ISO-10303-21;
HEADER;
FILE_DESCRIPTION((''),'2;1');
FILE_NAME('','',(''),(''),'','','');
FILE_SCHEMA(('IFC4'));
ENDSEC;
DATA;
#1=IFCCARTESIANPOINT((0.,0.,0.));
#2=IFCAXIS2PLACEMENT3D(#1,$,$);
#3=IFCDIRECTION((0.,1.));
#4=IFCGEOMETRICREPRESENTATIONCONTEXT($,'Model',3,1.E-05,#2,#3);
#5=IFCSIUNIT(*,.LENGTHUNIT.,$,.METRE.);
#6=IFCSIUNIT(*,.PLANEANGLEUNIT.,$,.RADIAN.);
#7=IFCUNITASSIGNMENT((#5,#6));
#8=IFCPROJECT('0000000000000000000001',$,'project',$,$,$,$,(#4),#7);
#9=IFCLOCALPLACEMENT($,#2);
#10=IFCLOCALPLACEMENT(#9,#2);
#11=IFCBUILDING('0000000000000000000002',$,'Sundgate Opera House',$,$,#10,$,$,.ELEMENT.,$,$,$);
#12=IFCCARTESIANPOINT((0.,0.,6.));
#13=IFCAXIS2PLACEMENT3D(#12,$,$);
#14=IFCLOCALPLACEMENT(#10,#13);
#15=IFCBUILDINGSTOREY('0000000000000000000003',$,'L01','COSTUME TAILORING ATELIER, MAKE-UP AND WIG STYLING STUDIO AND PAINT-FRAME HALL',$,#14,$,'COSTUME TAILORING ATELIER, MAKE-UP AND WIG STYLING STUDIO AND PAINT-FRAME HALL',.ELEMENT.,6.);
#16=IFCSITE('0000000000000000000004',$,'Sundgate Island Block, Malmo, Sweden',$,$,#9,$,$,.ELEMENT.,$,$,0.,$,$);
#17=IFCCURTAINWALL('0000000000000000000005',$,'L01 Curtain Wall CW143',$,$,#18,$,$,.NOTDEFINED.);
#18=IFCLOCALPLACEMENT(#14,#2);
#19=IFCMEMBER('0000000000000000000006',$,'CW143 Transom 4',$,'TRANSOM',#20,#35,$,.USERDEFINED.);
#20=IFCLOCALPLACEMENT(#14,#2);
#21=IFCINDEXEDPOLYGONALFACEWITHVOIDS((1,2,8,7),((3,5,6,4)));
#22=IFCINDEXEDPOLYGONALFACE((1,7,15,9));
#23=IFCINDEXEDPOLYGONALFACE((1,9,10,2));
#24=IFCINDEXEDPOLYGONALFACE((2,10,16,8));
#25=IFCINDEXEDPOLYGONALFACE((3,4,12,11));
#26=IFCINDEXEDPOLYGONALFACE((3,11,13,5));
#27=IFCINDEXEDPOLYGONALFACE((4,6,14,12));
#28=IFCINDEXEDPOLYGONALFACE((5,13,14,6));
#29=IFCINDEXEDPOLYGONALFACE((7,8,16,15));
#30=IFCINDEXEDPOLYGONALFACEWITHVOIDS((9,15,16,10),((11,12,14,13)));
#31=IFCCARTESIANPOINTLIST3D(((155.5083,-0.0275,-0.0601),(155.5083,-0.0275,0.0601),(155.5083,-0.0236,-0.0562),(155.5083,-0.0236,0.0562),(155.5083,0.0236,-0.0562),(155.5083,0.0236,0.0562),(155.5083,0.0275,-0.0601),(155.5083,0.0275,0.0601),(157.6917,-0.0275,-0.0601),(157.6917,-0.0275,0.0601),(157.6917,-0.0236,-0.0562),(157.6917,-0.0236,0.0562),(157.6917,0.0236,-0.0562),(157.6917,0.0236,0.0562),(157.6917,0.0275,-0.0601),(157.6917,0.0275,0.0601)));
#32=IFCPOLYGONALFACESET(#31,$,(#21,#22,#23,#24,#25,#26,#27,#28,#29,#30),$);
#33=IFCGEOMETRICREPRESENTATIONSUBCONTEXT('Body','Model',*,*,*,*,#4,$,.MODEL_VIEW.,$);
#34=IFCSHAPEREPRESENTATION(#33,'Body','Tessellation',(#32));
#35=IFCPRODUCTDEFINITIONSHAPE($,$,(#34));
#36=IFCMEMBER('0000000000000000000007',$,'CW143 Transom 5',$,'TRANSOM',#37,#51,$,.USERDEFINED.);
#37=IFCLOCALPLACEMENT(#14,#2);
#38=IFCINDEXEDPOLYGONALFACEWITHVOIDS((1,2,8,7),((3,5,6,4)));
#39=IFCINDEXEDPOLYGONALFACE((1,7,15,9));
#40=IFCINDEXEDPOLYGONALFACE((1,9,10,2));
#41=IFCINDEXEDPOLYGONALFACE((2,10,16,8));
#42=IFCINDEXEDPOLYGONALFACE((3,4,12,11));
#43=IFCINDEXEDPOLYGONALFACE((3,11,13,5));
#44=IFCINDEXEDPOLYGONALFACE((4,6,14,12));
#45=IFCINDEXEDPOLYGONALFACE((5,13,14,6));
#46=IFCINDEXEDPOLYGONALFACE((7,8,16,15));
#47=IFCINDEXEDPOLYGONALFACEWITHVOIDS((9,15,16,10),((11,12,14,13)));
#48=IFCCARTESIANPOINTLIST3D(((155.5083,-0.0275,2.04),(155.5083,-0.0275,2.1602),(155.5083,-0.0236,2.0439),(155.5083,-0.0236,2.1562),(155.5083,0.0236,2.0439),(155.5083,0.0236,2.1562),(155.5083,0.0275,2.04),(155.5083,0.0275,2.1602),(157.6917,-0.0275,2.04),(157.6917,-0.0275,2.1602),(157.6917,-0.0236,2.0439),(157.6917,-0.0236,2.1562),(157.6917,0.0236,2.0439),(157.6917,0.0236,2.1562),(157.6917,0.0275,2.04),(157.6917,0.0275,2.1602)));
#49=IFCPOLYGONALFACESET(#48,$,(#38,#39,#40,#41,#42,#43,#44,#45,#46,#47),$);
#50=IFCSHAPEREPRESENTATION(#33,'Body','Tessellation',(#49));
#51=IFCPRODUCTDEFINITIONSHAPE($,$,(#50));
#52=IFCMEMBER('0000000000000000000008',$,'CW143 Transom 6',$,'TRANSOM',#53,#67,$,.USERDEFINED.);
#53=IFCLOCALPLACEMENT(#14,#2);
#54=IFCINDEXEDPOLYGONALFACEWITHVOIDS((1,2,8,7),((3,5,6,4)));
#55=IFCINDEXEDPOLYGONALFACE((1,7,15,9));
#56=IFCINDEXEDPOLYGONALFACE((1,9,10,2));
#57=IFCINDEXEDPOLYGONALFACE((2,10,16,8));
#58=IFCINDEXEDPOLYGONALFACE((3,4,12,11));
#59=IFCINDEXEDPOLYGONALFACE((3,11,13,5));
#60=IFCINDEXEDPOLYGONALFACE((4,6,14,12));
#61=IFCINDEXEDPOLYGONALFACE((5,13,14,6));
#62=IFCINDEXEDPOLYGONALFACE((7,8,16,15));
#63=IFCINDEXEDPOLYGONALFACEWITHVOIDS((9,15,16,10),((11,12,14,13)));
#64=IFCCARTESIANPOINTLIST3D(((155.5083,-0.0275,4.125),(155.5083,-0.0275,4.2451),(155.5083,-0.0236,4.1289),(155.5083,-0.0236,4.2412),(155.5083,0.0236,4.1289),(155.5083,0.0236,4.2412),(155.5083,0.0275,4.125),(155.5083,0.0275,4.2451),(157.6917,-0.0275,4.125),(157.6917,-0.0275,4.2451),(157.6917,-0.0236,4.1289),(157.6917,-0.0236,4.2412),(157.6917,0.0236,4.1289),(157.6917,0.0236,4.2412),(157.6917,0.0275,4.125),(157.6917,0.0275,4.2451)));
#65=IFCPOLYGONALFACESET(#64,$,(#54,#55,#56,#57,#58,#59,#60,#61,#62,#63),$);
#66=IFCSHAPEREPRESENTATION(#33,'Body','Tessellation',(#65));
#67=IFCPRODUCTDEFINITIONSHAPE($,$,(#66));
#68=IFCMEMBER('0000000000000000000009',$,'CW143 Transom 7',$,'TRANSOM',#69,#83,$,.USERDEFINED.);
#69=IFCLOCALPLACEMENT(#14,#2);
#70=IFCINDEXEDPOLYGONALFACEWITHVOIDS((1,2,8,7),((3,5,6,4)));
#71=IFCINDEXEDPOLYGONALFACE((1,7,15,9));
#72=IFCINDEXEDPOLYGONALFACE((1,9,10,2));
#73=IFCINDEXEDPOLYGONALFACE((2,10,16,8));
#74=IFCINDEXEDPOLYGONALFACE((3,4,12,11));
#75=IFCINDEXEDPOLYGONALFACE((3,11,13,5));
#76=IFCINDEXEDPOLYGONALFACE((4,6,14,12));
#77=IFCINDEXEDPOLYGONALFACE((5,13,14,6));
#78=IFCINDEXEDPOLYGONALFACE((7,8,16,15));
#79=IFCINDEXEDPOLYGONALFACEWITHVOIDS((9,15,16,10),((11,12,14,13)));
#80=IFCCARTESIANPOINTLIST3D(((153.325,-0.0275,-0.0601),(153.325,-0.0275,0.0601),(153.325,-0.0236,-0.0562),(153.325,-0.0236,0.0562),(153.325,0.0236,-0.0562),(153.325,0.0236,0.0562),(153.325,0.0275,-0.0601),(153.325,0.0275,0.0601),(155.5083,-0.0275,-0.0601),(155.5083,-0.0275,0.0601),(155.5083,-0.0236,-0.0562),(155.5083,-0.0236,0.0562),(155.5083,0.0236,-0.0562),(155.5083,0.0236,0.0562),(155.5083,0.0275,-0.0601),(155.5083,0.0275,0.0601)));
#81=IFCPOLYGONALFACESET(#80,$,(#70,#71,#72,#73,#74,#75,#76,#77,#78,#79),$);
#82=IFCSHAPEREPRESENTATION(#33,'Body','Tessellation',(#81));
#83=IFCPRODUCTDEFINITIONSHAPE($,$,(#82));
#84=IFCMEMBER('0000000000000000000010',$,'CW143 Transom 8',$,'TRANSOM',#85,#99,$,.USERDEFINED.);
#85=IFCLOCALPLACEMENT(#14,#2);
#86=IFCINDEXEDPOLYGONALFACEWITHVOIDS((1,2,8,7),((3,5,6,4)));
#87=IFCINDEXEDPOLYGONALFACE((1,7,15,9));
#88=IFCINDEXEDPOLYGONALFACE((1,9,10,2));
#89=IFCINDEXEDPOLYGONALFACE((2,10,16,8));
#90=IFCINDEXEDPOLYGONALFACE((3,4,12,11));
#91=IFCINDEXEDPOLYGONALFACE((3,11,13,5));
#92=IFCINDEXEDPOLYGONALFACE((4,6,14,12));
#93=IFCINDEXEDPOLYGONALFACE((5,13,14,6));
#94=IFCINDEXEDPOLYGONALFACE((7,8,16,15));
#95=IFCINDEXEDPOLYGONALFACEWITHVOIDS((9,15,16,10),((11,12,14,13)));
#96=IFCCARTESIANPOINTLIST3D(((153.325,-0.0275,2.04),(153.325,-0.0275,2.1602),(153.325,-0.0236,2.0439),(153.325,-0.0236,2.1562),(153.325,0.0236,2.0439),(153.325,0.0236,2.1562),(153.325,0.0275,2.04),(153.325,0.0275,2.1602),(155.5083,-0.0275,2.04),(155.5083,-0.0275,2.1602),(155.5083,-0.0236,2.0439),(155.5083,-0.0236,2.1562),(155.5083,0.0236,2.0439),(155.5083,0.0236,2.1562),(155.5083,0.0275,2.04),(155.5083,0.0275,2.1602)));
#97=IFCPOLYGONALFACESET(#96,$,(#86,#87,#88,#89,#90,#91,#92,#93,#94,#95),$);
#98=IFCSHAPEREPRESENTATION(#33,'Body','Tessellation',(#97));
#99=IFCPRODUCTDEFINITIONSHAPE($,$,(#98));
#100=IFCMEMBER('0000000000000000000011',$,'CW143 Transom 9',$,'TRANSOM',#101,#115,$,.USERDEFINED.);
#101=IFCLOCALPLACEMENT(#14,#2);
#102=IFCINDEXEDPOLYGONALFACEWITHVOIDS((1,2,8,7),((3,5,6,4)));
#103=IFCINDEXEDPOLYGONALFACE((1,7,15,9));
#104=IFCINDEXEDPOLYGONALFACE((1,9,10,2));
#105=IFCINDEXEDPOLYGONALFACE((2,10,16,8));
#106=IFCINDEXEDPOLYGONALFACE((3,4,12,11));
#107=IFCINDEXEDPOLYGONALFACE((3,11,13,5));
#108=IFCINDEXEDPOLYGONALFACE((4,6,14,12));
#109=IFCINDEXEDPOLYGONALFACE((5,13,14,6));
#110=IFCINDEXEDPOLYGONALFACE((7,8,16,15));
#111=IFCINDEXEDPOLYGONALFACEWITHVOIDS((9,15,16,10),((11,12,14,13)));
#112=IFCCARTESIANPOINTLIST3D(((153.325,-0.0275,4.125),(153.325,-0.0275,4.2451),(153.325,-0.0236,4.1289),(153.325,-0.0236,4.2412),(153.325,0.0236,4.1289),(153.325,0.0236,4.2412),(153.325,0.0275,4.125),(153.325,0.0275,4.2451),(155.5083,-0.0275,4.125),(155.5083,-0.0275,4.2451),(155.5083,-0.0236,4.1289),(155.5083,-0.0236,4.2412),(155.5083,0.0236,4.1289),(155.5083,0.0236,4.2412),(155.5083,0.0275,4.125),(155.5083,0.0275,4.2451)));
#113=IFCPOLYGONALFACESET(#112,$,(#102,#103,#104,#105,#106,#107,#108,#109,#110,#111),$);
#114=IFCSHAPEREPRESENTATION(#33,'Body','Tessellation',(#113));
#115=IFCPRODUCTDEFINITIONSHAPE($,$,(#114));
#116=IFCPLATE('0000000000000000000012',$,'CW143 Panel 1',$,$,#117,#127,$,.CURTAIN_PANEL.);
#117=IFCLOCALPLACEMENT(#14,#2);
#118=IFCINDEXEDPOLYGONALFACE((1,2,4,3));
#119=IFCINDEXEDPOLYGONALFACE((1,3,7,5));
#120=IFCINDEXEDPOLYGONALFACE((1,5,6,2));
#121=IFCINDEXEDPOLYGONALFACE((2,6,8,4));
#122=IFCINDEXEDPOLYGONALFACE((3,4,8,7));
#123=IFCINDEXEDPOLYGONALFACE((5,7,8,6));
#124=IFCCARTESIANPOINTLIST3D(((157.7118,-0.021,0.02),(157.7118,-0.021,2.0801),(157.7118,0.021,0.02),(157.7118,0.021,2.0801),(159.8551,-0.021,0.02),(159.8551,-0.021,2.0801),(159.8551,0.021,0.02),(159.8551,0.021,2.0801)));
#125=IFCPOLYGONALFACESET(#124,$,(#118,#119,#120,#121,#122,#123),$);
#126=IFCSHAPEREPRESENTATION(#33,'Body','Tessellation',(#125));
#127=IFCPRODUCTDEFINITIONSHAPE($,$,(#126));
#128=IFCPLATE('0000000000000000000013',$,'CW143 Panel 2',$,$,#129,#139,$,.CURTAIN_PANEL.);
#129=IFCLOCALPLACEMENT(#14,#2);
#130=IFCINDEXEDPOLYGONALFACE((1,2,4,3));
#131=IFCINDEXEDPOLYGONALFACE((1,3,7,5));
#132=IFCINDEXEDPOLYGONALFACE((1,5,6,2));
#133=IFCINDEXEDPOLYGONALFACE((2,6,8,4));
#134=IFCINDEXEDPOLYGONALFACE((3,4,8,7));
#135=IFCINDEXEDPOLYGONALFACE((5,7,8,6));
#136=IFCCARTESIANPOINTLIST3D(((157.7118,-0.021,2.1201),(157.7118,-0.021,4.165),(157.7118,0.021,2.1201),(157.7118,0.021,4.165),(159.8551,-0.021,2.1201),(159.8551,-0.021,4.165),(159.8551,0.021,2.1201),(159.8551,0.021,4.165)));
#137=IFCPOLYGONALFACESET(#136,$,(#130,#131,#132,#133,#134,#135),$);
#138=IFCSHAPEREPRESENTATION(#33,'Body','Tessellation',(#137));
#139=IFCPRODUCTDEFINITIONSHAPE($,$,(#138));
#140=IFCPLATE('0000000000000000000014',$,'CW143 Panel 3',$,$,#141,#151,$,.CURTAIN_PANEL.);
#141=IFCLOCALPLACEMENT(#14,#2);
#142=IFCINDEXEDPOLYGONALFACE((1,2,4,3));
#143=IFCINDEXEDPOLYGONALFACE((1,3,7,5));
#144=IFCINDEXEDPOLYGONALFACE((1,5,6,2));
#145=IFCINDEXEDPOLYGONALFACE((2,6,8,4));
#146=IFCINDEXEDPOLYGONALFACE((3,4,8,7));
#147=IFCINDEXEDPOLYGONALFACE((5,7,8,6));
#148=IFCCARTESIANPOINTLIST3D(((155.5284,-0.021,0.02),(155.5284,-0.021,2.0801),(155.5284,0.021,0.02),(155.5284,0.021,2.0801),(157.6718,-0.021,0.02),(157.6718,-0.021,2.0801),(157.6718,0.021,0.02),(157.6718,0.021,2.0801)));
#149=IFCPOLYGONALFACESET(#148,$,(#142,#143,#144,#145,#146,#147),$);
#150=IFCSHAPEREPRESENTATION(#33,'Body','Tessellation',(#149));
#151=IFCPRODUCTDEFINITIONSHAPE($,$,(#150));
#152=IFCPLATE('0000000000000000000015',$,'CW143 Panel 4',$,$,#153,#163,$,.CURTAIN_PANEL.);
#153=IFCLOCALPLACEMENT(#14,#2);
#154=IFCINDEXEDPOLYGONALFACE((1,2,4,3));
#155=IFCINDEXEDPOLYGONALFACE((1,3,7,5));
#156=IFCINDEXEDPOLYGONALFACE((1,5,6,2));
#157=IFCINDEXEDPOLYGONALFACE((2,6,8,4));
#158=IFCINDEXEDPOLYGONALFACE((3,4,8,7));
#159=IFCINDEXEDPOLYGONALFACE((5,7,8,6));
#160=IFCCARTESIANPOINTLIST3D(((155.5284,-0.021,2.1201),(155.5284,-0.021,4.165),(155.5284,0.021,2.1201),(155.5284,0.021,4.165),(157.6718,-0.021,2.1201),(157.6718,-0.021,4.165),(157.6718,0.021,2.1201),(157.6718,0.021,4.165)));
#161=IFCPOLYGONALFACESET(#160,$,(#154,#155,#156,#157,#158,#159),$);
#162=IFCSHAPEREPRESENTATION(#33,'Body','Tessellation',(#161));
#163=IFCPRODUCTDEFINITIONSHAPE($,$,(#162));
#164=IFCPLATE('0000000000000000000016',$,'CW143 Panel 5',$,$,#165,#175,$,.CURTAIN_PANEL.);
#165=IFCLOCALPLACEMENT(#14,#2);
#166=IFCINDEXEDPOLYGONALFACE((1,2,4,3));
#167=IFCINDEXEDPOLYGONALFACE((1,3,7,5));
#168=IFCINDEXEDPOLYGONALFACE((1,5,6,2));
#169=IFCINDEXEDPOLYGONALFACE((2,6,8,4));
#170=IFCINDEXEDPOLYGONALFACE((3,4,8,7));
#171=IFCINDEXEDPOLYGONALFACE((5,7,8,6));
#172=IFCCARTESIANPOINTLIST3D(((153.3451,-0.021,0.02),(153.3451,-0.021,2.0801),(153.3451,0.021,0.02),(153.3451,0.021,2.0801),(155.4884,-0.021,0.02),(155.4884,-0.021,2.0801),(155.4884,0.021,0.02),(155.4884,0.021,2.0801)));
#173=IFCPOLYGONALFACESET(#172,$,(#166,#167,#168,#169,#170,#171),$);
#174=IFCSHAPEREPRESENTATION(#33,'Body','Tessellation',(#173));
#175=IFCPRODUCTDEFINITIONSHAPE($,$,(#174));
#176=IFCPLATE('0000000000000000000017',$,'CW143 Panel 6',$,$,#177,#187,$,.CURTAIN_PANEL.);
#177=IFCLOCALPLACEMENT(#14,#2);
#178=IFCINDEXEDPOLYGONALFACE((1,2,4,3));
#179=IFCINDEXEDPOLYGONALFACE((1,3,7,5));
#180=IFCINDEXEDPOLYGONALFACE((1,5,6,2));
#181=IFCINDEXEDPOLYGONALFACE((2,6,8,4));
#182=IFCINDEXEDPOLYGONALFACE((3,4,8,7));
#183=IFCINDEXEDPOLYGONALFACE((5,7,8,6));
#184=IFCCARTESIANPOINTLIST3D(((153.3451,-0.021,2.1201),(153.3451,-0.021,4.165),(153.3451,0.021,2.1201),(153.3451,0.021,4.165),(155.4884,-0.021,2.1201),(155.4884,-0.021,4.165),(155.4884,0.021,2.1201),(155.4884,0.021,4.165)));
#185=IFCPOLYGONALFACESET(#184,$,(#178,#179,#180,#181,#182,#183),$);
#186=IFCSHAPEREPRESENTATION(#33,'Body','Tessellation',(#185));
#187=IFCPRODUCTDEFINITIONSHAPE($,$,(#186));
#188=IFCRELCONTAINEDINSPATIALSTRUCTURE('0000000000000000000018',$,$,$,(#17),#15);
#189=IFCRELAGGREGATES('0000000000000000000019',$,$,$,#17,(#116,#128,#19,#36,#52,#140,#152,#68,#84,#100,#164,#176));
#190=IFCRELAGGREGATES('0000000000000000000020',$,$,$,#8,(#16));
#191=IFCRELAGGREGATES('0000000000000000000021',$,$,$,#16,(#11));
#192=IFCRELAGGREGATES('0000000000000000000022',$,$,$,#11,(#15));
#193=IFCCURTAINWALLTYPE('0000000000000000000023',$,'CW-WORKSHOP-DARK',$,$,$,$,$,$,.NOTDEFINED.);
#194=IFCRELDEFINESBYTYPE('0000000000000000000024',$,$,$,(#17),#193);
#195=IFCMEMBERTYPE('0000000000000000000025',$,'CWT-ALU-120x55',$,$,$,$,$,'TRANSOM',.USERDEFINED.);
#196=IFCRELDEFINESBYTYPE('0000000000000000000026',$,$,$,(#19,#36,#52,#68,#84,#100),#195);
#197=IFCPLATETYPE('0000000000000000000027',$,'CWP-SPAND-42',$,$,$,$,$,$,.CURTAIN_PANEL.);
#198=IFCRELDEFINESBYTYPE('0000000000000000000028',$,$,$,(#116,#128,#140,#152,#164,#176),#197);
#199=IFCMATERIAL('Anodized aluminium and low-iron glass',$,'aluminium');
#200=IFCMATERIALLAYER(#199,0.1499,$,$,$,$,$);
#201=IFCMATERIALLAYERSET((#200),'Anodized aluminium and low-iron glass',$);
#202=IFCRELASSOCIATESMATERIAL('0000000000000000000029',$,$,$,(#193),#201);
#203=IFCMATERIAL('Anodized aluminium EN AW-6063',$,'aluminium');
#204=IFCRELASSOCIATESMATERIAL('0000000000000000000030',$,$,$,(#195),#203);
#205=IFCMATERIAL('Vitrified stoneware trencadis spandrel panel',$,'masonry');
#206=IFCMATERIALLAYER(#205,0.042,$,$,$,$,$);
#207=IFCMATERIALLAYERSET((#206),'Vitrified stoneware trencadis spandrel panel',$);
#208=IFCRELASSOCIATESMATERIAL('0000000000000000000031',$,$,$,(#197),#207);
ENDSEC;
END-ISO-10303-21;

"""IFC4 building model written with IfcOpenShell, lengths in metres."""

from ifc_helpers import new_model, si_unit, direction, frame, origin, origin_2d, place, context, subcontext, project, spatial, rectangle, hollow_rectangle, extrude, material, layer, layer_set, material_profile, profile_set, type_object, element, aggregate, save


model = new_model("IFC4")

# Units and contexts
model_context = context("Model", 3, precision=1e-05, world=origin(), true_north=direction((0.0, 1.0)))
body_context = subcontext(model_context, "Body", "Model", "MODEL_VIEW")
ifc_project = project(units=[si_unit("LENGTHUNIT", "METRE"), si_unit("PLANEANGLEUNIT", "RADIAN")], contexts=[model_context])

# Site, building, storey
site_placement = place(None, origin())
site = spatial("IfcSite", under=ifc_project, at=site_placement, Name="Sundgate Island Block, Malmo, Sweden", CompositionType="ELEMENT", RefElevation=0.0)
building_placement = place(site_placement, origin())
building = spatial("IfcBuilding", under=site, at=building_placement, Name="Sundgate Opera House", CompositionType="ELEMENT")
storey_placement = place(building_placement, frame((0.0, 0.0, 6.0)))
storey = spatial("IfcBuildingStorey", under=building, at=storey_placement, Name="L01", Description="COSTUME TAILORING ATELIER, MAKE-UP AND WIG STYLING STUDIO AND PAINT-FRAME HALL", LongName="COSTUME TAILORING ATELIER, MAKE-UP AND WIG STYLING STUDIO AND PAINT-FRAME HALL", CompositionType="ELEMENT", Elevation=6.0)

# Curtain wall, members, plates
ifc_material_1 = material(Name="Anodized aluminium and low-iron glass", Category="aluminium")
ifc_layer_1 = layer(ifc_material_1, 0.1499)
ifc_layer_set_1 = layer_set([ifc_layer_1], Name="Anodized aluminium and low-iron glass")
curtain_wall_type = type_object("IfcCurtainWallType", Name="CW-WORKSHOP-DARK", PredefinedType="NOTDEFINED", material=ifc_layer_set_1)
curtain_wall_placement = place(storey_placement, origin())
curtain_wall = element("IfcCurtainWall", 1, at=curtain_wall_placement, inside=storey, type_object=curtain_wall_type, Name="L01 Curtain Wall CW143", PredefinedType="NOTDEFINED")
ifc_material_2 = material(Name="Anodized aluminium EN AW-6063", Category="aluminium")
ifc_material_profile_1 = material_profile(ifc_material_2, hollow_rectangle(XDim=0.0549, YDim=0.1201, WallThickness=0.0039, at=origin_2d()), Name="CWT 120x55x4")
ifc_profile_set_1 = profile_set([ifc_material_profile_1], Name="Anodized aluminium EN AW-6063")
member_type_1 = type_object("IfcMemberType", Name="CWT-ALU-120x55", ElementType="TRANSOM", PredefinedType="USERDEFINED", material=ifc_profile_set_1)
member_1_placement = place(storey_placement, frame((157.6917, 0.0, 0.0), z_axis=(-1.0, 0.0, 0.0), x_axis=(0.0, -1.0, 0.0)))
member_1 = element("IfcMember", 2, at=member_1_placement, type_object=member_type_1, Name="CW143 Transom 4", ObjectType="TRANSOM", PredefinedType="USERDEFINED", context=body_context, shape_type="SweptSolid", body=[
    extrude(hollow_rectangle(XDim=0.0549, YDim=0.1201, WallThickness=0.0039, at=origin_2d()), origin(), (0.0, 0.0, 1.0), 2.1833),
])
member_2_placement = place(storey_placement, frame((157.6917, 0.0, 2.1001), z_axis=(-1.0, 0.0, 0.0), x_axis=(0.0, -1.0, 0.0)))
member_2 = element("IfcMember", 3, at=member_2_placement, type_object=member_type_1, Name="CW143 Transom 5", ObjectType="TRANSOM", PredefinedType="USERDEFINED", context=body_context, shape_type="SweptSolid", body=[
    extrude(hollow_rectangle(XDim=0.0549, YDim=0.1201, WallThickness=0.0039, at=origin_2d()), origin(), (0.0, 0.0, 1.0), 2.1833),
])
member_3_placement = place(storey_placement, frame((157.6917, 0.0, 4.1851), z_axis=(-1.0, 0.0, 0.0), x_axis=(0.0, -1.0, 0.0)))
member_3 = element("IfcMember", 4, at=member_3_placement, type_object=member_type_1, Name="CW143 Transom 6", ObjectType="TRANSOM", PredefinedType="USERDEFINED", context=body_context, shape_type="SweptSolid", body=[
    extrude(hollow_rectangle(XDim=0.0549, YDim=0.1201, WallThickness=0.0039, at=origin_2d()), origin(), (0.0, 0.0, 1.0), 2.1833),
])
member_4_placement = place(storey_placement, frame((155.5083, 0.0, 0.0), z_axis=(-1.0, 0.0, 0.0), x_axis=(0.0, -1.0, 0.0)))
member_4 = element("IfcMember", 5, at=member_4_placement, type_object=member_type_1, Name="CW143 Transom 7", ObjectType="TRANSOM", PredefinedType="USERDEFINED", context=body_context, shape_type="SweptSolid", body=[
    extrude(hollow_rectangle(XDim=0.0549, YDim=0.1201, WallThickness=0.0039, at=origin_2d()), origin(), (0.0, 0.0, 1.0), 2.1833),
])
member_5_placement = place(storey_placement, frame((155.5083, 0.0, 2.1001), z_axis=(-1.0, 0.0, 0.0), x_axis=(0.0, -1.0, 0.0)))
member_5 = element("IfcMember", 6, at=member_5_placement, type_object=member_type_1, Name="CW143 Transom 8", ObjectType="TRANSOM", PredefinedType="USERDEFINED", context=body_context, shape_type="SweptSolid", body=[
    extrude(hollow_rectangle(XDim=0.0549, YDim=0.1201, WallThickness=0.0039, at=origin_2d()), origin(), (0.0, 0.0, 1.0), 2.1833),
])
member_6_placement = place(storey_placement, frame((155.5083, 0.0, 4.1851), z_axis=(-1.0, 0.0, 0.0), x_axis=(0.0, -1.0, 0.0)))
member_6 = element("IfcMember", 7, at=member_6_placement, type_object=member_type_1, Name="CW143 Transom 9", ObjectType="TRANSOM", PredefinedType="USERDEFINED", context=body_context, shape_type="SweptSolid", body=[
    extrude(hollow_rectangle(XDim=0.0549, YDim=0.1201, WallThickness=0.0039, at=origin_2d()), origin(), (0.0, 0.0, 1.0), 2.1833),
])
ifc_material_3 = material(Name="Vitrified stoneware trencadis spandrel panel", Category="masonry")
ifc_layer_2 = layer(ifc_material_3, 0.042)
ifc_layer_set_2 = layer_set([ifc_layer_2], Name="Vitrified stoneware trencadis spandrel panel")
plate_type_1 = type_object("IfcPlateType", Name="CWP-SPAND-42", PredefinedType="CURTAIN_PANEL", material=ifc_layer_set_2)
plate_1_placement = place(storey_placement, frame((158.7834, 0.0, 0.02), z_axis=(0.0, 0.0, 1.0), x_axis=(-1.0, 0.0, 0.0)))
plate_1 = element("IfcPlate", 8, at=plate_1_placement, type_object=plate_type_1, Name="CW143 Panel 1", PredefinedType="CURTAIN_PANEL", context=body_context, shape_type="SweptSolid", body=[
    extrude(rectangle(XDim=2.1433, YDim=0.042, at=origin_2d()), origin(), (0.0, 0.0, 1.0), 2.0601),
])
plate_2_placement = place(storey_placement, frame((158.7834, 0.0, 2.1201), z_axis=(0.0, 0.0, 1.0), x_axis=(-1.0, 0.0, 0.0)))
plate_2 = element("IfcPlate", 9, at=plate_2_placement, type_object=plate_type_1, Name="CW143 Panel 2", PredefinedType="CURTAIN_PANEL", context=body_context, shape_type="SweptSolid", body=[
    extrude(rectangle(XDim=2.1433, YDim=0.042, at=origin_2d()), origin(), (0.0, 0.0, 1.0), 2.0449),
])
plate_3_placement = place(storey_placement, frame((156.6001, 0.0, 0.02), z_axis=(0.0, 0.0, 1.0), x_axis=(-1.0, 0.0, 0.0)))
plate_3 = element("IfcPlate", 10, at=plate_3_placement, type_object=plate_type_1, Name="CW143 Panel 3", PredefinedType="CURTAIN_PANEL", context=body_context, shape_type="SweptSolid", body=[
    extrude(rectangle(XDim=2.1433, YDim=0.042, at=origin_2d()), origin(), (0.0, 0.0, 1.0), 2.0601),
])
plate_4_placement = place(storey_placement, frame((156.6001, 0.0, 2.1201), z_axis=(0.0, 0.0, 1.0), x_axis=(-1.0, 0.0, 0.0)))
plate_4 = element("IfcPlate", 11, at=plate_4_placement, type_object=plate_type_1, Name="CW143 Panel 4", PredefinedType="CURTAIN_PANEL", context=body_context, shape_type="SweptSolid", body=[
    extrude(rectangle(XDim=2.1433, YDim=0.042, at=origin_2d()), origin(), (0.0, 0.0, 1.0), 2.0449),
])
plate_5_placement = place(storey_placement, frame((154.4167, 0.0, 0.02), z_axis=(0.0, 0.0, 1.0), x_axis=(-1.0, 0.0, 0.0)))
plate_5 = element("IfcPlate", 12, at=plate_5_placement, type_object=plate_type_1, Name="CW143 Panel 5", PredefinedType="CURTAIN_PANEL", context=body_context, shape_type="SweptSolid", body=[
    extrude(rectangle(XDim=2.1433, YDim=0.042, at=origin_2d()), origin(), (0.0, 0.0, 1.0), 2.0601),
])
plate_6_placement = place(storey_placement, frame((154.4167, 0.0, 2.1201), z_axis=(0.0, 0.0, 1.0), x_axis=(-1.0, 0.0, 0.0)))
plate_6 = element("IfcPlate", 13, at=plate_6_placement, type_object=plate_type_1, Name="CW143 Panel 6", PredefinedType="CURTAIN_PANEL", context=body_context, shape_type="SweptSolid", body=[
    extrude(rectangle(XDim=2.1433, YDim=0.042, at=origin_2d()), origin(), (0.0, 0.0, 1.0), 2.0449),
])
aggregate(curtain_wall, [plate_1, plate_2, member_1, member_2, member_3, plate_3, plate_4, member_4, member_5, member_6, plate_5, plate_6])

save(model, "model.ifc")
